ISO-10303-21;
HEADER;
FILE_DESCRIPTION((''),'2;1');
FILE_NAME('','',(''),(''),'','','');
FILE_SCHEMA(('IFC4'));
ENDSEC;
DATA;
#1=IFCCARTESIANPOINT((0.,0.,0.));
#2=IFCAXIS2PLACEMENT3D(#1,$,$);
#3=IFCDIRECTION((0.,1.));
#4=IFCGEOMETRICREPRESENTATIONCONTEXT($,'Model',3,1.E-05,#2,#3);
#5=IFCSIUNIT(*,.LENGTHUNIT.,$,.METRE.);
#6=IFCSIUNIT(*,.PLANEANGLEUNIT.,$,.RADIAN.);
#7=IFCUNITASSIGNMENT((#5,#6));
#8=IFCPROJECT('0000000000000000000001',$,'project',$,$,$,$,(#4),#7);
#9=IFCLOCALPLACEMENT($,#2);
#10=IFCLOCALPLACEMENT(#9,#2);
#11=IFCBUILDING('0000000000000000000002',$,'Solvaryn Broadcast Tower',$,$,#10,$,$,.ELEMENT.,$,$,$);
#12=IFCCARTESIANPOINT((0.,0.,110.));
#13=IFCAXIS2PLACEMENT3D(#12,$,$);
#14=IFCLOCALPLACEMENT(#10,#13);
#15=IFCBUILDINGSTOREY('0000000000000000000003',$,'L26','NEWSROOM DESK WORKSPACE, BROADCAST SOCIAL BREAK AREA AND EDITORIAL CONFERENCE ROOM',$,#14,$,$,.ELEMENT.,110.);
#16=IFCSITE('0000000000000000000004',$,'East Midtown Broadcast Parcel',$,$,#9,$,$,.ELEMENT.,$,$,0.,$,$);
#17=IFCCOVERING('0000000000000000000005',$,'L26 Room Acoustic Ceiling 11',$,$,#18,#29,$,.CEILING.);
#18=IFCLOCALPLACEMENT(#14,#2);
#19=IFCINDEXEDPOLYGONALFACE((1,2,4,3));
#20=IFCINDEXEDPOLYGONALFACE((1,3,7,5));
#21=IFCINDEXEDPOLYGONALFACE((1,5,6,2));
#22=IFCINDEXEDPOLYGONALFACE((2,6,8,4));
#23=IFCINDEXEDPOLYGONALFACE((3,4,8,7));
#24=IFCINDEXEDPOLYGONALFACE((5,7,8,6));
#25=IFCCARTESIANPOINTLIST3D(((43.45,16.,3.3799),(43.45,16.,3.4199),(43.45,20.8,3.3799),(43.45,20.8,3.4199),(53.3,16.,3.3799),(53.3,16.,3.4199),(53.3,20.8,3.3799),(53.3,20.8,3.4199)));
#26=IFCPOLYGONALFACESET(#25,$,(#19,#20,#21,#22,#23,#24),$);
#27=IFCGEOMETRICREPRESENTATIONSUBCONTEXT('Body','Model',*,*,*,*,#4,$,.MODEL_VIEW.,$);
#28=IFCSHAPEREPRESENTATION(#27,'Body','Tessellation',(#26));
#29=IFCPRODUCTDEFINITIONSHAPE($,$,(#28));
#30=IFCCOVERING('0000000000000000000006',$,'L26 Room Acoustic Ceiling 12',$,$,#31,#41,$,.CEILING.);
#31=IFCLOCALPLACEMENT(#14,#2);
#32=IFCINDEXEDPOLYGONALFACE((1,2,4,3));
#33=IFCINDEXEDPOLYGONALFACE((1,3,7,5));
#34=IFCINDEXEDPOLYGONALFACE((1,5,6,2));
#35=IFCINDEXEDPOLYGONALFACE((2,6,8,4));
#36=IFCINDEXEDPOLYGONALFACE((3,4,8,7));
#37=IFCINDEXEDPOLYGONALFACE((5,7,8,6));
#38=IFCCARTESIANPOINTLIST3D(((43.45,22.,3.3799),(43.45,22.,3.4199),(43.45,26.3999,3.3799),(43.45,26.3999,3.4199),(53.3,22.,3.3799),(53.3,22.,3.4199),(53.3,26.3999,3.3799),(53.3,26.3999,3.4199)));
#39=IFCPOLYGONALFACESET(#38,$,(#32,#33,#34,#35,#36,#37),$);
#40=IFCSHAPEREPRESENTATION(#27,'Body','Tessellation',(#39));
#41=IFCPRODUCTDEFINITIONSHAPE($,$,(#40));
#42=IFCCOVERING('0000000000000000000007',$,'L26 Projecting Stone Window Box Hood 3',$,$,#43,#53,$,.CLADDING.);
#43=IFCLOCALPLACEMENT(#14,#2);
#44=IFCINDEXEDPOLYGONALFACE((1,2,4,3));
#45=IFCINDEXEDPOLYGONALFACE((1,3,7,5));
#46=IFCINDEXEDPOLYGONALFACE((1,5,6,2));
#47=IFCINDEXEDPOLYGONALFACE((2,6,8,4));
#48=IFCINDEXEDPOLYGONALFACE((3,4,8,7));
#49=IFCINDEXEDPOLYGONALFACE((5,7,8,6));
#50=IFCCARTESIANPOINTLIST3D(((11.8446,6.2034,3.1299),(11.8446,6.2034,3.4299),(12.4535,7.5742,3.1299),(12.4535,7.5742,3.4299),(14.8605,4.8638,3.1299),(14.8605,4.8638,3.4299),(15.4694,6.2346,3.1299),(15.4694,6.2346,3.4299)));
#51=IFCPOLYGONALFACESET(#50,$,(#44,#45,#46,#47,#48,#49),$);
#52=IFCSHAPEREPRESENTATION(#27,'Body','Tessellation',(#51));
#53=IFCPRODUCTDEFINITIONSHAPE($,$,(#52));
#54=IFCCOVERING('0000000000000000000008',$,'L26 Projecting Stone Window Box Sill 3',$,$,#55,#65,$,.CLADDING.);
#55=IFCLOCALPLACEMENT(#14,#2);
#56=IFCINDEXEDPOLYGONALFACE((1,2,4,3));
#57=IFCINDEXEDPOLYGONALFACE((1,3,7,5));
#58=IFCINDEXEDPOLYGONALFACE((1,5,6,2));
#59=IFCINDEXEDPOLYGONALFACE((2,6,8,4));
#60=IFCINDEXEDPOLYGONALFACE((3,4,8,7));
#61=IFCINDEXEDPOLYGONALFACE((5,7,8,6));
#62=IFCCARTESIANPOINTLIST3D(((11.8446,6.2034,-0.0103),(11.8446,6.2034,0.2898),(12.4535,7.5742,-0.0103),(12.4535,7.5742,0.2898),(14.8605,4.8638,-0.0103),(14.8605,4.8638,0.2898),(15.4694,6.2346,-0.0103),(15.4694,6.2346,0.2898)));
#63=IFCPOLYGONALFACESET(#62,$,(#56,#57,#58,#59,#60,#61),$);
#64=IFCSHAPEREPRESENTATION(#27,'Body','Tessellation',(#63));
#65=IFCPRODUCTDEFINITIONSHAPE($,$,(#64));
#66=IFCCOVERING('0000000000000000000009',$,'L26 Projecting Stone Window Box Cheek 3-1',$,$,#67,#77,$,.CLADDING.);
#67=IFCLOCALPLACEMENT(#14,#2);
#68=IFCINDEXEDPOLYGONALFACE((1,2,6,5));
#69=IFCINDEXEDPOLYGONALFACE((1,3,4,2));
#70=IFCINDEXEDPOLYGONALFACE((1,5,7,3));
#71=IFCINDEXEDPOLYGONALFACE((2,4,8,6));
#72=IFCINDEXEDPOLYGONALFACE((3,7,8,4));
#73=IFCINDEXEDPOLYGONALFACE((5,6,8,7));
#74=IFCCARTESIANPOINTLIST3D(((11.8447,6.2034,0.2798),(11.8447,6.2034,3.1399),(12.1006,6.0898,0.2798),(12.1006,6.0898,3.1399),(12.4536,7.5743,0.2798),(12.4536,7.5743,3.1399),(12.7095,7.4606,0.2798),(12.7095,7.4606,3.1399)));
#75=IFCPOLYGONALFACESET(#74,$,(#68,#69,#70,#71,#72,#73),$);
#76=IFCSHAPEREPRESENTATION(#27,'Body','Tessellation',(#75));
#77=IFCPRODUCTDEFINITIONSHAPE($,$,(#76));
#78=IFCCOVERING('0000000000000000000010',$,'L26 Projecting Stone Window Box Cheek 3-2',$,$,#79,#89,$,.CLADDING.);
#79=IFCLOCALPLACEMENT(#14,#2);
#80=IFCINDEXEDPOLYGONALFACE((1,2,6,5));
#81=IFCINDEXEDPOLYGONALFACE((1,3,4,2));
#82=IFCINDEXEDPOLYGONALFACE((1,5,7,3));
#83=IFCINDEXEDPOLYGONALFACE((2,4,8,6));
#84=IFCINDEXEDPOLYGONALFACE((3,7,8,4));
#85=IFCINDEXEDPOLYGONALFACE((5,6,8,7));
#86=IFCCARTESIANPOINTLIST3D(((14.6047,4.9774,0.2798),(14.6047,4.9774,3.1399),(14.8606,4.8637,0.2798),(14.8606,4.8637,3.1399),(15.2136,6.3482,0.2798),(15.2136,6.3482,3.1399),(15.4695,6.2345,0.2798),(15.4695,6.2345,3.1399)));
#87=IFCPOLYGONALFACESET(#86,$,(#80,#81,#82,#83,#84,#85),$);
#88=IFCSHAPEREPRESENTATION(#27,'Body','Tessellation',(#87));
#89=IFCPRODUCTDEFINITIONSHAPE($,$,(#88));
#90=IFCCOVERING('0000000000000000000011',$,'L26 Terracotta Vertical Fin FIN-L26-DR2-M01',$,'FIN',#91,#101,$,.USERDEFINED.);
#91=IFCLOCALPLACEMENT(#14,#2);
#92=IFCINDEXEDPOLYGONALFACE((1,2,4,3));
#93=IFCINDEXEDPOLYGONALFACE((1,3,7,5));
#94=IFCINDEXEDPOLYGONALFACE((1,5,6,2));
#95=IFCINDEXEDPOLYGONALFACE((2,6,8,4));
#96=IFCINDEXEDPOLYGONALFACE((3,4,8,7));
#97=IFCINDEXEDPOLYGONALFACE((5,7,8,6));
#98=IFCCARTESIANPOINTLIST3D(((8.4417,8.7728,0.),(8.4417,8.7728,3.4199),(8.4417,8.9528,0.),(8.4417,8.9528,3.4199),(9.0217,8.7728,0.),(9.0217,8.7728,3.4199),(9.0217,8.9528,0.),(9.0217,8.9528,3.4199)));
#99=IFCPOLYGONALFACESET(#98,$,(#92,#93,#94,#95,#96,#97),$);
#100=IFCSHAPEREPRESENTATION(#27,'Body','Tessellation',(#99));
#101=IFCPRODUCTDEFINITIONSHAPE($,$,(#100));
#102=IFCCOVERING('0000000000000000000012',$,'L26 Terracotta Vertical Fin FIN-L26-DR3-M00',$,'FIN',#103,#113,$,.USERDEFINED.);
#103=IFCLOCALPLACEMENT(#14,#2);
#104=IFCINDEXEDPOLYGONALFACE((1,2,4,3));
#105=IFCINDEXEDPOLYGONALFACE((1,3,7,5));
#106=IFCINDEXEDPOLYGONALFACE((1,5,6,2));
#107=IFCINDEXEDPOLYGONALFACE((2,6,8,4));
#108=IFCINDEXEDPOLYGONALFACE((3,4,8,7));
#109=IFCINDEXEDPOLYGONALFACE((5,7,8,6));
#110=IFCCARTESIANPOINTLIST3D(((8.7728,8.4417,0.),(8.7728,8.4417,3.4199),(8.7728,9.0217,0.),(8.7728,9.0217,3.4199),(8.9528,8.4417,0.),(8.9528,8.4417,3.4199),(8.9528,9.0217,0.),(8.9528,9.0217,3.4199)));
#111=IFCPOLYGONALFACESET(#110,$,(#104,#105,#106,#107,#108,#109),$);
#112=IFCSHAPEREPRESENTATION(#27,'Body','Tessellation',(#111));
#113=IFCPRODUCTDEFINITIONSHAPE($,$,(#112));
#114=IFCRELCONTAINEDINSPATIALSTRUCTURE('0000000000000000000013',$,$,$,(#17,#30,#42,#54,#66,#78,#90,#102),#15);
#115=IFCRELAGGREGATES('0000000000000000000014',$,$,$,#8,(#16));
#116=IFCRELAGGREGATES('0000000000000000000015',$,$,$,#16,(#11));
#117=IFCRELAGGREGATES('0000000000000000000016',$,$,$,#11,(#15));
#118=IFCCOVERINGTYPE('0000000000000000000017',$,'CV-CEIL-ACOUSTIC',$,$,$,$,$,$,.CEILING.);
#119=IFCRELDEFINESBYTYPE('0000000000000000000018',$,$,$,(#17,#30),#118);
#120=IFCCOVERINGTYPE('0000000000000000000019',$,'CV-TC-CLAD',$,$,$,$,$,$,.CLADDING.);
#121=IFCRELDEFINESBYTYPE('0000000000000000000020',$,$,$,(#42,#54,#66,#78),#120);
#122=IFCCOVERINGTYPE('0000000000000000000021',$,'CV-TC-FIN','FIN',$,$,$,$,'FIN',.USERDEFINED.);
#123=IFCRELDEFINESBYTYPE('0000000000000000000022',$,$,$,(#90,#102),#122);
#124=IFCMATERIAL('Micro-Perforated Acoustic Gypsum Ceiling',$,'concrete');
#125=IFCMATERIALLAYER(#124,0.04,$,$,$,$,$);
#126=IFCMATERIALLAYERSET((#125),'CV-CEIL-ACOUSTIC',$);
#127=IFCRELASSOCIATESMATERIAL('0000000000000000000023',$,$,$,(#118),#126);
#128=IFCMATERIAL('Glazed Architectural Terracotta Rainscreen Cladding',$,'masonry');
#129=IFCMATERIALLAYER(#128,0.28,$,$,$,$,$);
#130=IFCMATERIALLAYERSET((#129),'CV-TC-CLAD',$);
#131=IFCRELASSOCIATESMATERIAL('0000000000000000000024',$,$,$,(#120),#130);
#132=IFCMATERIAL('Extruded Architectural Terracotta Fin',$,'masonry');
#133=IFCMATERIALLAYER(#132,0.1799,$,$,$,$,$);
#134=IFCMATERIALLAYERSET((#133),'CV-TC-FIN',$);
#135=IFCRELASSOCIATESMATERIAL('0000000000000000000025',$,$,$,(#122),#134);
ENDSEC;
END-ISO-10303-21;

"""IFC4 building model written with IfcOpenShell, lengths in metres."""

from ifc_helpers import new_model, si_unit, direction, frame, origin, origin_2d, place, context, subcontext, project, spatial, polyline, rectangle, outline, extrude, material, layer, layer_set, type_object, element, save


model = new_model("IFC4")

# Units and contexts
model_context = context("Model", 3, precision=1e-05, world=origin(), true_north=direction((0.0, 1.0)))
body_context = subcontext(model_context, "Body", "Model", "MODEL_VIEW")
ifc_project = project(units=[si_unit("LENGTHUNIT", "METRE"), si_unit("PLANEANGLEUNIT", "RADIAN")], contexts=[model_context])

# Site, building, storey
site_placement = place(None, origin())
site = spatial("IfcSite", under=ifc_project, at=site_placement, Name="East Midtown Broadcast Parcel", CompositionType="ELEMENT", RefElevation=0.0)
building_placement = place(site_placement, origin())
building = spatial("IfcBuilding", under=site, at=building_placement, Name="Solvaryn Broadcast Tower", CompositionType="ELEMENT")
storey_placement = place(building_placement, frame((0.0, 0.0, 110.0)))
storey = spatial("IfcBuildingStorey", under=building, at=storey_placement, Name="L26", Description="NEWSROOM DESK WORKSPACE, BROADCAST SOCIAL BREAK AREA AND EDITORIAL CONFERENCE ROOM", CompositionType="ELEMENT", Elevation=110.0)

# Coverings
ifc_material_1 = material(Name="Micro-Perforated Acoustic Gypsum Ceiling", Category="concrete")
ifc_layer_1 = layer(ifc_material_1, 0.04)
ifc_layer_set_1 = layer_set([ifc_layer_1], Name="CV-CEIL-ACOUSTIC")
covering_type_1 = type_object("IfcCoveringType", Name="CV-CEIL-ACOUSTIC", PredefinedType="CEILING", material=ifc_layer_set_1)
covering_1_placement = place(storey_placement, frame((0.0, 0.0, 3.3799)))
element("IfcCovering", 1, at=covering_1_placement, inside=storey, type_object=covering_type_1, Name="L26 Room Acoustic Ceiling 11", PredefinedType="CEILING", context=body_context, shape_type="SweptSolid", body=[
    extrude(outline(polyline([(43.45, 16.0), (53.3, 16.0), (53.3, 20.8), (43.45, 20.8), (43.45, 16.0)])), origin(), (0.0, 0.0, 1.0), 0.04),
])
covering_2_placement = place(storey_placement, frame((0.0, 0.0, 3.3799)))
element("IfcCovering", 2, at=covering_2_placement, inside=storey, type_object=covering_type_1, Name="L26 Room Acoustic Ceiling 12", PredefinedType="CEILING", context=body_context, shape_type="SweptSolid", body=[
    extrude(outline(polyline([(43.45, 22.0), (53.3, 22.0), (53.3, 26.3999), (43.45, 26.3999), (43.45, 22.0)])), origin(), (0.0, 0.0, 1.0), 0.04),
])
ifc_material_2 = material(Name="Glazed Architectural Terracotta Rainscreen Cladding", Category="masonry")
ifc_layer_2 = layer(ifc_material_2, 0.28)
ifc_layer_set_2 = layer_set([ifc_layer_2], Name="CV-TC-CLAD")
covering_type_2 = type_object("IfcCoveringType", Name="CV-TC-CLAD", PredefinedType="CLADDING", material=ifc_layer_set_2)
for number, where, z_axis, x_axis, name in (
    (3, (13.657, 6.219, 3.1299), (0.0, 0.0, 1.0), (0.9139, -0.405939, 0.0), "L26 Projecting Stone Window Box Hood 3"),
    (4, (13.657, 6.219, -0.0103), (0.0, 0.0, 1.0), (0.9139, -0.405939, 0.0), "L26 Projecting Stone Window Box Sill 3"),
):
    element("IfcCovering", number, at=place(storey_placement, frame(where, z_axis=z_axis, x_axis=x_axis)), inside=storey, type_object=covering_type_2, Name=name, PredefinedType="CLADDING", context=body_context, shape_type="SweptSolid", body=[
        extrude(rectangle(XDim=3.3, YDim=1.5, at=origin_2d()), origin(), (0.0, 0.0, 1.0), 0.3),
    ])
for number, where, z_axis, x_axis, name in (
    (5, (12.2771, 6.832, 0.2798), (0.0, 0.0, 1.0), (0.9139, -0.405939, 0.0), "L26 Projecting Stone Window Box Cheek 3-1"),
    (6, (15.0371, 5.606, 0.2798), (0.0, 0.0, 1.0), (0.9139, -0.405939, 0.0), "L26 Projecting Stone Window Box Cheek 3-2"),
):
    element("IfcCovering", number, at=place(storey_placement, frame(where, z_axis=z_axis, x_axis=x_axis)), inside=storey, type_object=covering_type_2, Name=name, PredefinedType="CLADDING", context=body_context, shape_type="SweptSolid", body=[
        extrude(rectangle(XDim=0.28, YDim=1.5, at=origin_2d()), origin(), (0.0, 0.0, 1.0), 2.8601),
    ])
ifc_material_3 = material(Name="Extruded Architectural Terracotta Fin", Category="masonry")
ifc_layer_3 = layer(ifc_material_3, 0.1799)
ifc_layer_set_3 = layer_set([ifc_layer_3], Name="CV-TC-FIN")
covering_type_3 = type_object("IfcCoveringType", Name="CV-TC-FIN", Description="FIN", ElementType="FIN", PredefinedType="USERDEFINED", material=ifc_layer_set_3)
covering_3_placement = place(storey_placement, frame((8.7317, 8.8628, 0.0), z_axis=(0.0, 0.0, 1.0), x_axis=(1.0, 0.0, 0.0)))
element("IfcCovering", 7, at=covering_3_placement, inside=storey, type_object=covering_type_3, Name="L26 Terracotta Vertical Fin FIN-L26-DR2-M01", ObjectType="FIN", PredefinedType="USERDEFINED", context=body_context, shape_type="SweptSolid", body=[
    extrude(rectangle(XDim=0.5801, YDim=0.1799, at=origin_2d()), origin(), (0.0, 0.0, 1.0), 3.4199),
])
covering_4_placement = place(storey_placement, frame((8.8628, 8.7317, 0.0), z_axis=(0.0, 0.0, 1.0), x_axis=(1.0, 0.0, 0.0)))
element("IfcCovering", 8, at=covering_4_placement, inside=storey, type_object=covering_type_3, Name="L26 Terracotta Vertical Fin FIN-L26-DR3-M00", ObjectType="FIN", PredefinedType="USERDEFINED", context=body_context, shape_type="SweptSolid", body=[
    extrude(rectangle(XDim=0.1799, YDim=0.5801, at=origin_2d()), origin(), (0.0, 0.0, 1.0), 3.4199),
])

save(model, "model.ifc")
